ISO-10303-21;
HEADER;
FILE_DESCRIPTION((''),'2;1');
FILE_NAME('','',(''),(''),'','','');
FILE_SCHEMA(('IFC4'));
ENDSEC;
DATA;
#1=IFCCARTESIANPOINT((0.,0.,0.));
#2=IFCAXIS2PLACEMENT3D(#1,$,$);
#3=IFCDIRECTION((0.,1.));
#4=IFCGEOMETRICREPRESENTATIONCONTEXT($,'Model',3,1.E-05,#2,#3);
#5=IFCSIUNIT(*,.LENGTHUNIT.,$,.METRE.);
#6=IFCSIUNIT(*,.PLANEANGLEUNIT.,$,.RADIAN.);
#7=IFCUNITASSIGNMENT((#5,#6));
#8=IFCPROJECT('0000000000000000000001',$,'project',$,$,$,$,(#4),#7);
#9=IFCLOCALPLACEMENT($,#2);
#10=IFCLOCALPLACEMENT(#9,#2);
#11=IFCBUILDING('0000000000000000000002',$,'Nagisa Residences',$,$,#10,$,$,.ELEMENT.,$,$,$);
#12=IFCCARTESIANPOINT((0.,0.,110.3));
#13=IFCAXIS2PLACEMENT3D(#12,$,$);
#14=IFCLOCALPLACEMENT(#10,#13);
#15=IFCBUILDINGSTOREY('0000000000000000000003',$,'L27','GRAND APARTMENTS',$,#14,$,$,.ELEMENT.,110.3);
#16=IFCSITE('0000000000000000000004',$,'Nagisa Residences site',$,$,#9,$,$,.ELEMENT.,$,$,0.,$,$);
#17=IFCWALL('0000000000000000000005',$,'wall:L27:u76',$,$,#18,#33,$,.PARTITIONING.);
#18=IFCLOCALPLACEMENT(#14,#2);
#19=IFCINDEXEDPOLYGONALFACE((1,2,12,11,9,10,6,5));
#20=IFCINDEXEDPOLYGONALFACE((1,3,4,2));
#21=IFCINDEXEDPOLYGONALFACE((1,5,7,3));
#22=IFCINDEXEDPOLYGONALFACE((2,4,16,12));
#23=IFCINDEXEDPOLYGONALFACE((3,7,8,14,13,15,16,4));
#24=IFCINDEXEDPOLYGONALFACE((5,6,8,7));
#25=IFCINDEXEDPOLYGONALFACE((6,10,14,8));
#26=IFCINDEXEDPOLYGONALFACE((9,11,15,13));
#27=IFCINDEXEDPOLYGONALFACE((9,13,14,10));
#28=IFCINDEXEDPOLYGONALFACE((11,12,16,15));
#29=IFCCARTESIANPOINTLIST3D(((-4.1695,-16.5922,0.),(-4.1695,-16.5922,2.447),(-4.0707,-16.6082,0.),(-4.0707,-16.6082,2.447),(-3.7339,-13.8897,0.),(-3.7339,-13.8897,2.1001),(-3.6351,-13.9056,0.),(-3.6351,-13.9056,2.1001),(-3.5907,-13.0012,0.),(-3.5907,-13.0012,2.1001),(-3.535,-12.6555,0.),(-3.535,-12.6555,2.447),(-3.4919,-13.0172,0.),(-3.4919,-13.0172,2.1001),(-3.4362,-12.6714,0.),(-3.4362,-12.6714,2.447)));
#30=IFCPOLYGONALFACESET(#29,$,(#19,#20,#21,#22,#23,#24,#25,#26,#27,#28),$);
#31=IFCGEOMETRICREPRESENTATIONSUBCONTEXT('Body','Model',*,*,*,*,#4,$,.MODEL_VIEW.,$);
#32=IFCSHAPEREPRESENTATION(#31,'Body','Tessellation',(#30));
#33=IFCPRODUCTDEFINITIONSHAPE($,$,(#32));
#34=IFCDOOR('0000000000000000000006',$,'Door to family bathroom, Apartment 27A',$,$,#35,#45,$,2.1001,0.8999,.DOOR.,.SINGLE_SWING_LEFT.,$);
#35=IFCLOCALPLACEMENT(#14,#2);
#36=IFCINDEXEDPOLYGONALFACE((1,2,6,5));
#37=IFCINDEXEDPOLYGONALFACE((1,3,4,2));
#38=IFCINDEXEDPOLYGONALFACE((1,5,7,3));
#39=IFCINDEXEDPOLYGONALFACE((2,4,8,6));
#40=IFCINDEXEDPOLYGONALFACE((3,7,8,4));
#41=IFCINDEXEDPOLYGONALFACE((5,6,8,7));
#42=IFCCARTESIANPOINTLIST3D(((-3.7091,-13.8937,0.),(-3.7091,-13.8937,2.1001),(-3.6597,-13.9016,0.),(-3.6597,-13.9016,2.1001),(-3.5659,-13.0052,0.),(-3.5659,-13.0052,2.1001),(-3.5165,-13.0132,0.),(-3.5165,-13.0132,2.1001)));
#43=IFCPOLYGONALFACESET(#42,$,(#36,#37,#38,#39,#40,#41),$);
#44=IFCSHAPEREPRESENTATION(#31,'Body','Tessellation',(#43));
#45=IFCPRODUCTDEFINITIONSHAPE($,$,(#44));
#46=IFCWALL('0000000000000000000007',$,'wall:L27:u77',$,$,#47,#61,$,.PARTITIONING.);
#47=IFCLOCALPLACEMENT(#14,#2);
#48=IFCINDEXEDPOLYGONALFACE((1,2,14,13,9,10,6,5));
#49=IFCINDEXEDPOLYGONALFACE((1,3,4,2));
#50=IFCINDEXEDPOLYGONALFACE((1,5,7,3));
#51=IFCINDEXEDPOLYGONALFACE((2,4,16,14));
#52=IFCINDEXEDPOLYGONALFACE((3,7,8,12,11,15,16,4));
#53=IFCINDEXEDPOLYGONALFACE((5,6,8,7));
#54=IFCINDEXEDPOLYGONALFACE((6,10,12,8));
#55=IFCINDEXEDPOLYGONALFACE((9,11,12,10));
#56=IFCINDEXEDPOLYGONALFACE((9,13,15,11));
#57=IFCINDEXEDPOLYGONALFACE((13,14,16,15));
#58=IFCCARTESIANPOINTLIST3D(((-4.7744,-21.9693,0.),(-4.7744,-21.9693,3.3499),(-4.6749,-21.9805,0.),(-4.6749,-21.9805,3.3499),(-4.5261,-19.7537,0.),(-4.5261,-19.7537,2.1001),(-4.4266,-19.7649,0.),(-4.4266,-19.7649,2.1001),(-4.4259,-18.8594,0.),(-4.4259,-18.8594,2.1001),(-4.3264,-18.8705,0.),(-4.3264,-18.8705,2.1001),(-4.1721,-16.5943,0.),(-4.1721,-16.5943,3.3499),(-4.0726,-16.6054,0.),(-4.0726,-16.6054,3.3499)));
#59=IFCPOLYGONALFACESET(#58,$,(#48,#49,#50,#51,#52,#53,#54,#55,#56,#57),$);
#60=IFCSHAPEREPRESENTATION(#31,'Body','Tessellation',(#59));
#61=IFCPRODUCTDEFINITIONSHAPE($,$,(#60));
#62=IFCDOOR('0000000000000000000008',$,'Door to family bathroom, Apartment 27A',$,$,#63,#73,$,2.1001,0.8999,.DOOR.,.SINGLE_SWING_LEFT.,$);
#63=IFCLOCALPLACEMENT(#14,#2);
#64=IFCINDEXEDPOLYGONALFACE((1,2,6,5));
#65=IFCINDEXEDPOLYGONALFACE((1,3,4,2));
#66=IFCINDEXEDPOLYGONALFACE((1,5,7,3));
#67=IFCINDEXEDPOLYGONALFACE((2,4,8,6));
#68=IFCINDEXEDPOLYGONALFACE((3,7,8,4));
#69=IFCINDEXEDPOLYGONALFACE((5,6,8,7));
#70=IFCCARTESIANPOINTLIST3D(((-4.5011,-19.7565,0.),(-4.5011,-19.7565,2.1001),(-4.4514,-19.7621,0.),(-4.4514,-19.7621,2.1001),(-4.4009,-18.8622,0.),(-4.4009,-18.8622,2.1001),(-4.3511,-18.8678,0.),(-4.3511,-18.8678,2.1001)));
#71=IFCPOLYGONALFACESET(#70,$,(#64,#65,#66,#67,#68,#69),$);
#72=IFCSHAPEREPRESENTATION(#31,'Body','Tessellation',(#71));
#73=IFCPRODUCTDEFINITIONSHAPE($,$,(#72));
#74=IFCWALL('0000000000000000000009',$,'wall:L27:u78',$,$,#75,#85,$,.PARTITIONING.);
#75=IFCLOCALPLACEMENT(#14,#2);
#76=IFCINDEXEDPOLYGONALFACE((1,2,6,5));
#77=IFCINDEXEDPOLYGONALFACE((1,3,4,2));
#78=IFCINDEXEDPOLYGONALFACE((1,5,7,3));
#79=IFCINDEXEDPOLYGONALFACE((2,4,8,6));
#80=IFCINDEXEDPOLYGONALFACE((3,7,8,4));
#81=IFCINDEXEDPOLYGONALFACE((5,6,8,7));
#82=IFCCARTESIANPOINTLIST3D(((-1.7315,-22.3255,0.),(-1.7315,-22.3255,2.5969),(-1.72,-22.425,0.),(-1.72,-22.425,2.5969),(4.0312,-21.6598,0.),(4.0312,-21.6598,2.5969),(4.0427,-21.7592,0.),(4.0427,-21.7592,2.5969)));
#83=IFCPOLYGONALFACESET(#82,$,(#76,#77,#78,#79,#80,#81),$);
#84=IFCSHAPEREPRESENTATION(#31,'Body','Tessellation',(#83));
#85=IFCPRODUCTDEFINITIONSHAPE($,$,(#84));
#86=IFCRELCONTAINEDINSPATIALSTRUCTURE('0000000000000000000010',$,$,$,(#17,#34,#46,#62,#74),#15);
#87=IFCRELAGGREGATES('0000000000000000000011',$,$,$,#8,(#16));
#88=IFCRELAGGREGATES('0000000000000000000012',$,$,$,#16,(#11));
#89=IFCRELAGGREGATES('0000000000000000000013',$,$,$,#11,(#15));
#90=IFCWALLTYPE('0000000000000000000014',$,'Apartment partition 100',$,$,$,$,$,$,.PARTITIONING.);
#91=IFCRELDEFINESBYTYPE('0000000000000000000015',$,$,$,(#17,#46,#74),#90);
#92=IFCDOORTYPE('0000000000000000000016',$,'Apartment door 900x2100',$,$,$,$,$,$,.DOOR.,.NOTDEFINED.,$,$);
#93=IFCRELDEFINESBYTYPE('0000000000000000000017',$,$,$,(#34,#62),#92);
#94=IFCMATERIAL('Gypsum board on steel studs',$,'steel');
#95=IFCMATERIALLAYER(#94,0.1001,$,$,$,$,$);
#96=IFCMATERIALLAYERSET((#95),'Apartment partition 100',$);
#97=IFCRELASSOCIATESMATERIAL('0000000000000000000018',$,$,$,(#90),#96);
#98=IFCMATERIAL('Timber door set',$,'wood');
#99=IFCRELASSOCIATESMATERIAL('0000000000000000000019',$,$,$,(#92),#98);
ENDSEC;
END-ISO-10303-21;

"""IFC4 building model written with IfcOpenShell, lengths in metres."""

from ifc_helpers import new_model, si_unit, direction, frame, frame_2d, origin, place, context, subcontext, project, spatial, rectangle, extrude, material, layer, layer_set, type_object, element, fill, save


model = new_model("IFC4")

# Units and contexts
model_context = context("Model", 3, precision=1e-05, world=origin(), true_north=direction((0.0, 1.0)))
body_context = subcontext(model_context, "Body", "Model", "MODEL_VIEW")
ifc_project = project(units=[si_unit("LENGTHUNIT", "METRE"), si_unit("PLANEANGLEUNIT", "RADIAN")], contexts=[model_context])

# Site, building, storey
site_placement = place(None, origin())
site = spatial("IfcSite", under=ifc_project, at=site_placement, Name="Nagisa Residences site", CompositionType="ELEMENT", RefElevation=0.0)
building_placement = place(site_placement, origin())
building = spatial("IfcBuilding", under=site, at=building_placement, Name="Nagisa Residences", CompositionType="ELEMENT")
storey_placement = place(building_placement, frame((0.0, 0.0, 110.3)))
storey = spatial("IfcBuildingStorey", under=building, at=storey_placement, Name="L27", Description="GRAND APARTMENTS", CompositionType="ELEMENT", Elevation=110.3)

# Shared definitions
ifc_material_1 = material(Name="Gypsum board on steel studs", Category="steel")
ifc_layer_1 = layer(ifc_material_1, 0.1001)
ifc_layer_set_1 = layer_set([ifc_layer_1], Name="Apartment partition 100")
wall_type_1 = type_object("IfcWallType", Name="Apartment partition 100", PredefinedType="PARTITIONING", material=ifc_layer_set_1)
ifc_material_2 = material(Name="Timber door set", Category="wood")
door_type_1 = type_object("IfcDoorType", Name="Apartment door 900x2100", OperationType="NOTDEFINED", PredefinedType="DOOR", material=ifc_material_2)

# Walls, openings, doors
wall_1_placement = place(storey_placement, frame((-3.4856, -12.6636, 0.0), z_axis=(0.0, 0.0, 1.0), x_axis=(-0.159125, -0.987259, 0.0)))
wall_1 = element("IfcWall", 1, at=wall_1_placement, inside=storey, type_object=wall_type_1, Name="wall:L27:u76", PredefinedType="PARTITIONING", context=body_context, shape_type="SweptSolid", body=[
    extrude(rectangle(XDim=3.9875, YDim=0.1001, at=frame_2d((1.9937, 0.0))), origin(), (0.0, 0.0, 1.0), 2.447),
])
opening_1_placement = place(wall_1_placement, frame((0.3501, 0.0, 0.0)))
opening_1 = element("IfcOpeningElement", 2, at=opening_1_placement, cuts=wall_1, PredefinedType="OPENING", context=body_context, shape_type="SweptSolid", body=[
    extrude(rectangle(XDim=0.8999, YDim=2.1001, at=frame_2d((0.45, 1.05))), frame((0.0, 0.0601, 0.0), z_axis=(0.0, -1.0, 0.0), x_axis=(1.0, 0.0, 0.0)), (0.0, 0.0, 1.0), 0.1201),
])
door_1_placement = place(opening_1_placement, frame((0.8999, 0.0, 0.0), x_axis=(-1.0, 0.0, 0.0)))
door_1 = element("IfcDoor", 3, at=door_1_placement, inside=storey, type_object=door_type_1, Name="Door to family bathroom, Apartment 27A", OperationType="SINGLE_SWING_LEFT", OverallHeight=2.1001, OverallWidth=0.8999, PredefinedType="DOOR", context=body_context, shape_type="SweptSolid", body=[
    extrude(rectangle(XDim=0.8999, YDim=2.1001, at=frame_2d((0.45, 1.05))), frame((0.0, 0.0249, 0.0), z_axis=(0.0, -1.0, 0.0), x_axis=(1.0, 0.0, 0.0)), (0.0, 0.0, 1.0), 0.05),
])
fill(opening_1, door_1)
wall_2_placement = place(storey_placement, frame((-4.1223, -16.5999, 0.0), z_axis=(0.0, 0.0, 1.0), x_axis=(-0.111358, -0.99378, 0.0)))
wall_2 = element("IfcWall", 4, at=wall_2_placement, inside=storey, type_object=wall_type_1, Name="wall:L27:u77", PredefinedType="PARTITIONING", context=body_context, shape_type="SweptSolid", body=[
    extrude(rectangle(XDim=5.4087, YDim=0.1001, at=frame_2d((2.7043, 0.0))), origin(), (0.0, 0.0, 1.0), 3.3499),
])
opening_2_placement = place(wall_2_placement, frame((2.2793, 0.0, 0.0)))
opening_2 = element("IfcOpeningElement", 5, at=opening_2_placement, cuts=wall_2, PredefinedType="OPENING", context=body_context, shape_type="SweptSolid", body=[
    extrude(rectangle(XDim=0.8999, YDim=2.1001, at=frame_2d((0.45, 1.05))), frame((0.0, 0.0601, 0.0), z_axis=(0.0, -1.0, 0.0), x_axis=(1.0, 0.0, 0.0)), (0.0, 0.0, 1.0), 0.1201),
])
door_2_placement = place(opening_2_placement, frame((0.8999, 0.0, 0.0), x_axis=(-1.0, 0.0, 0.0)))
door_2 = element("IfcDoor", 6, at=door_2_placement, inside=storey, type_object=door_type_1, Name="Door to family bathroom, Apartment 27A", OperationType="SINGLE_SWING_LEFT", OverallHeight=2.1001, OverallWidth=0.8999, PredefinedType="DOOR", context=body_context, shape_type="SweptSolid", body=[
    extrude(rectangle(XDim=0.8999, YDim=2.1001, at=frame_2d((0.45, 1.05))), frame((0.0, 0.0249, 0.0), z_axis=(0.0, -1.0, 0.0), x_axis=(1.0, 0.0, 0.0)), (0.0, 0.0, 1.0), 0.05),
])
fill(opening_2, door_2)

# Wall
wall_3_placement = place(storey_placement, frame((-1.7256, -22.3752, 0.0), z_axis=(0.0, 0.0, 1.0), x_axis=(0.993392, 0.114768, 0.0)))
element("IfcWall", 7, at=wall_3_placement, inside=storey, type_object=wall_type_1, Name="wall:L27:u78", PredefinedType="PARTITIONING", context=body_context, shape_type="SweptSolid", body=[
    extrude(rectangle(XDim=5.801, YDim=0.1001, at=frame_2d((2.9004, 0.0))), origin(), (0.0, 0.0, 1.0), 2.5969),
])

save(model, "model.ifc")
